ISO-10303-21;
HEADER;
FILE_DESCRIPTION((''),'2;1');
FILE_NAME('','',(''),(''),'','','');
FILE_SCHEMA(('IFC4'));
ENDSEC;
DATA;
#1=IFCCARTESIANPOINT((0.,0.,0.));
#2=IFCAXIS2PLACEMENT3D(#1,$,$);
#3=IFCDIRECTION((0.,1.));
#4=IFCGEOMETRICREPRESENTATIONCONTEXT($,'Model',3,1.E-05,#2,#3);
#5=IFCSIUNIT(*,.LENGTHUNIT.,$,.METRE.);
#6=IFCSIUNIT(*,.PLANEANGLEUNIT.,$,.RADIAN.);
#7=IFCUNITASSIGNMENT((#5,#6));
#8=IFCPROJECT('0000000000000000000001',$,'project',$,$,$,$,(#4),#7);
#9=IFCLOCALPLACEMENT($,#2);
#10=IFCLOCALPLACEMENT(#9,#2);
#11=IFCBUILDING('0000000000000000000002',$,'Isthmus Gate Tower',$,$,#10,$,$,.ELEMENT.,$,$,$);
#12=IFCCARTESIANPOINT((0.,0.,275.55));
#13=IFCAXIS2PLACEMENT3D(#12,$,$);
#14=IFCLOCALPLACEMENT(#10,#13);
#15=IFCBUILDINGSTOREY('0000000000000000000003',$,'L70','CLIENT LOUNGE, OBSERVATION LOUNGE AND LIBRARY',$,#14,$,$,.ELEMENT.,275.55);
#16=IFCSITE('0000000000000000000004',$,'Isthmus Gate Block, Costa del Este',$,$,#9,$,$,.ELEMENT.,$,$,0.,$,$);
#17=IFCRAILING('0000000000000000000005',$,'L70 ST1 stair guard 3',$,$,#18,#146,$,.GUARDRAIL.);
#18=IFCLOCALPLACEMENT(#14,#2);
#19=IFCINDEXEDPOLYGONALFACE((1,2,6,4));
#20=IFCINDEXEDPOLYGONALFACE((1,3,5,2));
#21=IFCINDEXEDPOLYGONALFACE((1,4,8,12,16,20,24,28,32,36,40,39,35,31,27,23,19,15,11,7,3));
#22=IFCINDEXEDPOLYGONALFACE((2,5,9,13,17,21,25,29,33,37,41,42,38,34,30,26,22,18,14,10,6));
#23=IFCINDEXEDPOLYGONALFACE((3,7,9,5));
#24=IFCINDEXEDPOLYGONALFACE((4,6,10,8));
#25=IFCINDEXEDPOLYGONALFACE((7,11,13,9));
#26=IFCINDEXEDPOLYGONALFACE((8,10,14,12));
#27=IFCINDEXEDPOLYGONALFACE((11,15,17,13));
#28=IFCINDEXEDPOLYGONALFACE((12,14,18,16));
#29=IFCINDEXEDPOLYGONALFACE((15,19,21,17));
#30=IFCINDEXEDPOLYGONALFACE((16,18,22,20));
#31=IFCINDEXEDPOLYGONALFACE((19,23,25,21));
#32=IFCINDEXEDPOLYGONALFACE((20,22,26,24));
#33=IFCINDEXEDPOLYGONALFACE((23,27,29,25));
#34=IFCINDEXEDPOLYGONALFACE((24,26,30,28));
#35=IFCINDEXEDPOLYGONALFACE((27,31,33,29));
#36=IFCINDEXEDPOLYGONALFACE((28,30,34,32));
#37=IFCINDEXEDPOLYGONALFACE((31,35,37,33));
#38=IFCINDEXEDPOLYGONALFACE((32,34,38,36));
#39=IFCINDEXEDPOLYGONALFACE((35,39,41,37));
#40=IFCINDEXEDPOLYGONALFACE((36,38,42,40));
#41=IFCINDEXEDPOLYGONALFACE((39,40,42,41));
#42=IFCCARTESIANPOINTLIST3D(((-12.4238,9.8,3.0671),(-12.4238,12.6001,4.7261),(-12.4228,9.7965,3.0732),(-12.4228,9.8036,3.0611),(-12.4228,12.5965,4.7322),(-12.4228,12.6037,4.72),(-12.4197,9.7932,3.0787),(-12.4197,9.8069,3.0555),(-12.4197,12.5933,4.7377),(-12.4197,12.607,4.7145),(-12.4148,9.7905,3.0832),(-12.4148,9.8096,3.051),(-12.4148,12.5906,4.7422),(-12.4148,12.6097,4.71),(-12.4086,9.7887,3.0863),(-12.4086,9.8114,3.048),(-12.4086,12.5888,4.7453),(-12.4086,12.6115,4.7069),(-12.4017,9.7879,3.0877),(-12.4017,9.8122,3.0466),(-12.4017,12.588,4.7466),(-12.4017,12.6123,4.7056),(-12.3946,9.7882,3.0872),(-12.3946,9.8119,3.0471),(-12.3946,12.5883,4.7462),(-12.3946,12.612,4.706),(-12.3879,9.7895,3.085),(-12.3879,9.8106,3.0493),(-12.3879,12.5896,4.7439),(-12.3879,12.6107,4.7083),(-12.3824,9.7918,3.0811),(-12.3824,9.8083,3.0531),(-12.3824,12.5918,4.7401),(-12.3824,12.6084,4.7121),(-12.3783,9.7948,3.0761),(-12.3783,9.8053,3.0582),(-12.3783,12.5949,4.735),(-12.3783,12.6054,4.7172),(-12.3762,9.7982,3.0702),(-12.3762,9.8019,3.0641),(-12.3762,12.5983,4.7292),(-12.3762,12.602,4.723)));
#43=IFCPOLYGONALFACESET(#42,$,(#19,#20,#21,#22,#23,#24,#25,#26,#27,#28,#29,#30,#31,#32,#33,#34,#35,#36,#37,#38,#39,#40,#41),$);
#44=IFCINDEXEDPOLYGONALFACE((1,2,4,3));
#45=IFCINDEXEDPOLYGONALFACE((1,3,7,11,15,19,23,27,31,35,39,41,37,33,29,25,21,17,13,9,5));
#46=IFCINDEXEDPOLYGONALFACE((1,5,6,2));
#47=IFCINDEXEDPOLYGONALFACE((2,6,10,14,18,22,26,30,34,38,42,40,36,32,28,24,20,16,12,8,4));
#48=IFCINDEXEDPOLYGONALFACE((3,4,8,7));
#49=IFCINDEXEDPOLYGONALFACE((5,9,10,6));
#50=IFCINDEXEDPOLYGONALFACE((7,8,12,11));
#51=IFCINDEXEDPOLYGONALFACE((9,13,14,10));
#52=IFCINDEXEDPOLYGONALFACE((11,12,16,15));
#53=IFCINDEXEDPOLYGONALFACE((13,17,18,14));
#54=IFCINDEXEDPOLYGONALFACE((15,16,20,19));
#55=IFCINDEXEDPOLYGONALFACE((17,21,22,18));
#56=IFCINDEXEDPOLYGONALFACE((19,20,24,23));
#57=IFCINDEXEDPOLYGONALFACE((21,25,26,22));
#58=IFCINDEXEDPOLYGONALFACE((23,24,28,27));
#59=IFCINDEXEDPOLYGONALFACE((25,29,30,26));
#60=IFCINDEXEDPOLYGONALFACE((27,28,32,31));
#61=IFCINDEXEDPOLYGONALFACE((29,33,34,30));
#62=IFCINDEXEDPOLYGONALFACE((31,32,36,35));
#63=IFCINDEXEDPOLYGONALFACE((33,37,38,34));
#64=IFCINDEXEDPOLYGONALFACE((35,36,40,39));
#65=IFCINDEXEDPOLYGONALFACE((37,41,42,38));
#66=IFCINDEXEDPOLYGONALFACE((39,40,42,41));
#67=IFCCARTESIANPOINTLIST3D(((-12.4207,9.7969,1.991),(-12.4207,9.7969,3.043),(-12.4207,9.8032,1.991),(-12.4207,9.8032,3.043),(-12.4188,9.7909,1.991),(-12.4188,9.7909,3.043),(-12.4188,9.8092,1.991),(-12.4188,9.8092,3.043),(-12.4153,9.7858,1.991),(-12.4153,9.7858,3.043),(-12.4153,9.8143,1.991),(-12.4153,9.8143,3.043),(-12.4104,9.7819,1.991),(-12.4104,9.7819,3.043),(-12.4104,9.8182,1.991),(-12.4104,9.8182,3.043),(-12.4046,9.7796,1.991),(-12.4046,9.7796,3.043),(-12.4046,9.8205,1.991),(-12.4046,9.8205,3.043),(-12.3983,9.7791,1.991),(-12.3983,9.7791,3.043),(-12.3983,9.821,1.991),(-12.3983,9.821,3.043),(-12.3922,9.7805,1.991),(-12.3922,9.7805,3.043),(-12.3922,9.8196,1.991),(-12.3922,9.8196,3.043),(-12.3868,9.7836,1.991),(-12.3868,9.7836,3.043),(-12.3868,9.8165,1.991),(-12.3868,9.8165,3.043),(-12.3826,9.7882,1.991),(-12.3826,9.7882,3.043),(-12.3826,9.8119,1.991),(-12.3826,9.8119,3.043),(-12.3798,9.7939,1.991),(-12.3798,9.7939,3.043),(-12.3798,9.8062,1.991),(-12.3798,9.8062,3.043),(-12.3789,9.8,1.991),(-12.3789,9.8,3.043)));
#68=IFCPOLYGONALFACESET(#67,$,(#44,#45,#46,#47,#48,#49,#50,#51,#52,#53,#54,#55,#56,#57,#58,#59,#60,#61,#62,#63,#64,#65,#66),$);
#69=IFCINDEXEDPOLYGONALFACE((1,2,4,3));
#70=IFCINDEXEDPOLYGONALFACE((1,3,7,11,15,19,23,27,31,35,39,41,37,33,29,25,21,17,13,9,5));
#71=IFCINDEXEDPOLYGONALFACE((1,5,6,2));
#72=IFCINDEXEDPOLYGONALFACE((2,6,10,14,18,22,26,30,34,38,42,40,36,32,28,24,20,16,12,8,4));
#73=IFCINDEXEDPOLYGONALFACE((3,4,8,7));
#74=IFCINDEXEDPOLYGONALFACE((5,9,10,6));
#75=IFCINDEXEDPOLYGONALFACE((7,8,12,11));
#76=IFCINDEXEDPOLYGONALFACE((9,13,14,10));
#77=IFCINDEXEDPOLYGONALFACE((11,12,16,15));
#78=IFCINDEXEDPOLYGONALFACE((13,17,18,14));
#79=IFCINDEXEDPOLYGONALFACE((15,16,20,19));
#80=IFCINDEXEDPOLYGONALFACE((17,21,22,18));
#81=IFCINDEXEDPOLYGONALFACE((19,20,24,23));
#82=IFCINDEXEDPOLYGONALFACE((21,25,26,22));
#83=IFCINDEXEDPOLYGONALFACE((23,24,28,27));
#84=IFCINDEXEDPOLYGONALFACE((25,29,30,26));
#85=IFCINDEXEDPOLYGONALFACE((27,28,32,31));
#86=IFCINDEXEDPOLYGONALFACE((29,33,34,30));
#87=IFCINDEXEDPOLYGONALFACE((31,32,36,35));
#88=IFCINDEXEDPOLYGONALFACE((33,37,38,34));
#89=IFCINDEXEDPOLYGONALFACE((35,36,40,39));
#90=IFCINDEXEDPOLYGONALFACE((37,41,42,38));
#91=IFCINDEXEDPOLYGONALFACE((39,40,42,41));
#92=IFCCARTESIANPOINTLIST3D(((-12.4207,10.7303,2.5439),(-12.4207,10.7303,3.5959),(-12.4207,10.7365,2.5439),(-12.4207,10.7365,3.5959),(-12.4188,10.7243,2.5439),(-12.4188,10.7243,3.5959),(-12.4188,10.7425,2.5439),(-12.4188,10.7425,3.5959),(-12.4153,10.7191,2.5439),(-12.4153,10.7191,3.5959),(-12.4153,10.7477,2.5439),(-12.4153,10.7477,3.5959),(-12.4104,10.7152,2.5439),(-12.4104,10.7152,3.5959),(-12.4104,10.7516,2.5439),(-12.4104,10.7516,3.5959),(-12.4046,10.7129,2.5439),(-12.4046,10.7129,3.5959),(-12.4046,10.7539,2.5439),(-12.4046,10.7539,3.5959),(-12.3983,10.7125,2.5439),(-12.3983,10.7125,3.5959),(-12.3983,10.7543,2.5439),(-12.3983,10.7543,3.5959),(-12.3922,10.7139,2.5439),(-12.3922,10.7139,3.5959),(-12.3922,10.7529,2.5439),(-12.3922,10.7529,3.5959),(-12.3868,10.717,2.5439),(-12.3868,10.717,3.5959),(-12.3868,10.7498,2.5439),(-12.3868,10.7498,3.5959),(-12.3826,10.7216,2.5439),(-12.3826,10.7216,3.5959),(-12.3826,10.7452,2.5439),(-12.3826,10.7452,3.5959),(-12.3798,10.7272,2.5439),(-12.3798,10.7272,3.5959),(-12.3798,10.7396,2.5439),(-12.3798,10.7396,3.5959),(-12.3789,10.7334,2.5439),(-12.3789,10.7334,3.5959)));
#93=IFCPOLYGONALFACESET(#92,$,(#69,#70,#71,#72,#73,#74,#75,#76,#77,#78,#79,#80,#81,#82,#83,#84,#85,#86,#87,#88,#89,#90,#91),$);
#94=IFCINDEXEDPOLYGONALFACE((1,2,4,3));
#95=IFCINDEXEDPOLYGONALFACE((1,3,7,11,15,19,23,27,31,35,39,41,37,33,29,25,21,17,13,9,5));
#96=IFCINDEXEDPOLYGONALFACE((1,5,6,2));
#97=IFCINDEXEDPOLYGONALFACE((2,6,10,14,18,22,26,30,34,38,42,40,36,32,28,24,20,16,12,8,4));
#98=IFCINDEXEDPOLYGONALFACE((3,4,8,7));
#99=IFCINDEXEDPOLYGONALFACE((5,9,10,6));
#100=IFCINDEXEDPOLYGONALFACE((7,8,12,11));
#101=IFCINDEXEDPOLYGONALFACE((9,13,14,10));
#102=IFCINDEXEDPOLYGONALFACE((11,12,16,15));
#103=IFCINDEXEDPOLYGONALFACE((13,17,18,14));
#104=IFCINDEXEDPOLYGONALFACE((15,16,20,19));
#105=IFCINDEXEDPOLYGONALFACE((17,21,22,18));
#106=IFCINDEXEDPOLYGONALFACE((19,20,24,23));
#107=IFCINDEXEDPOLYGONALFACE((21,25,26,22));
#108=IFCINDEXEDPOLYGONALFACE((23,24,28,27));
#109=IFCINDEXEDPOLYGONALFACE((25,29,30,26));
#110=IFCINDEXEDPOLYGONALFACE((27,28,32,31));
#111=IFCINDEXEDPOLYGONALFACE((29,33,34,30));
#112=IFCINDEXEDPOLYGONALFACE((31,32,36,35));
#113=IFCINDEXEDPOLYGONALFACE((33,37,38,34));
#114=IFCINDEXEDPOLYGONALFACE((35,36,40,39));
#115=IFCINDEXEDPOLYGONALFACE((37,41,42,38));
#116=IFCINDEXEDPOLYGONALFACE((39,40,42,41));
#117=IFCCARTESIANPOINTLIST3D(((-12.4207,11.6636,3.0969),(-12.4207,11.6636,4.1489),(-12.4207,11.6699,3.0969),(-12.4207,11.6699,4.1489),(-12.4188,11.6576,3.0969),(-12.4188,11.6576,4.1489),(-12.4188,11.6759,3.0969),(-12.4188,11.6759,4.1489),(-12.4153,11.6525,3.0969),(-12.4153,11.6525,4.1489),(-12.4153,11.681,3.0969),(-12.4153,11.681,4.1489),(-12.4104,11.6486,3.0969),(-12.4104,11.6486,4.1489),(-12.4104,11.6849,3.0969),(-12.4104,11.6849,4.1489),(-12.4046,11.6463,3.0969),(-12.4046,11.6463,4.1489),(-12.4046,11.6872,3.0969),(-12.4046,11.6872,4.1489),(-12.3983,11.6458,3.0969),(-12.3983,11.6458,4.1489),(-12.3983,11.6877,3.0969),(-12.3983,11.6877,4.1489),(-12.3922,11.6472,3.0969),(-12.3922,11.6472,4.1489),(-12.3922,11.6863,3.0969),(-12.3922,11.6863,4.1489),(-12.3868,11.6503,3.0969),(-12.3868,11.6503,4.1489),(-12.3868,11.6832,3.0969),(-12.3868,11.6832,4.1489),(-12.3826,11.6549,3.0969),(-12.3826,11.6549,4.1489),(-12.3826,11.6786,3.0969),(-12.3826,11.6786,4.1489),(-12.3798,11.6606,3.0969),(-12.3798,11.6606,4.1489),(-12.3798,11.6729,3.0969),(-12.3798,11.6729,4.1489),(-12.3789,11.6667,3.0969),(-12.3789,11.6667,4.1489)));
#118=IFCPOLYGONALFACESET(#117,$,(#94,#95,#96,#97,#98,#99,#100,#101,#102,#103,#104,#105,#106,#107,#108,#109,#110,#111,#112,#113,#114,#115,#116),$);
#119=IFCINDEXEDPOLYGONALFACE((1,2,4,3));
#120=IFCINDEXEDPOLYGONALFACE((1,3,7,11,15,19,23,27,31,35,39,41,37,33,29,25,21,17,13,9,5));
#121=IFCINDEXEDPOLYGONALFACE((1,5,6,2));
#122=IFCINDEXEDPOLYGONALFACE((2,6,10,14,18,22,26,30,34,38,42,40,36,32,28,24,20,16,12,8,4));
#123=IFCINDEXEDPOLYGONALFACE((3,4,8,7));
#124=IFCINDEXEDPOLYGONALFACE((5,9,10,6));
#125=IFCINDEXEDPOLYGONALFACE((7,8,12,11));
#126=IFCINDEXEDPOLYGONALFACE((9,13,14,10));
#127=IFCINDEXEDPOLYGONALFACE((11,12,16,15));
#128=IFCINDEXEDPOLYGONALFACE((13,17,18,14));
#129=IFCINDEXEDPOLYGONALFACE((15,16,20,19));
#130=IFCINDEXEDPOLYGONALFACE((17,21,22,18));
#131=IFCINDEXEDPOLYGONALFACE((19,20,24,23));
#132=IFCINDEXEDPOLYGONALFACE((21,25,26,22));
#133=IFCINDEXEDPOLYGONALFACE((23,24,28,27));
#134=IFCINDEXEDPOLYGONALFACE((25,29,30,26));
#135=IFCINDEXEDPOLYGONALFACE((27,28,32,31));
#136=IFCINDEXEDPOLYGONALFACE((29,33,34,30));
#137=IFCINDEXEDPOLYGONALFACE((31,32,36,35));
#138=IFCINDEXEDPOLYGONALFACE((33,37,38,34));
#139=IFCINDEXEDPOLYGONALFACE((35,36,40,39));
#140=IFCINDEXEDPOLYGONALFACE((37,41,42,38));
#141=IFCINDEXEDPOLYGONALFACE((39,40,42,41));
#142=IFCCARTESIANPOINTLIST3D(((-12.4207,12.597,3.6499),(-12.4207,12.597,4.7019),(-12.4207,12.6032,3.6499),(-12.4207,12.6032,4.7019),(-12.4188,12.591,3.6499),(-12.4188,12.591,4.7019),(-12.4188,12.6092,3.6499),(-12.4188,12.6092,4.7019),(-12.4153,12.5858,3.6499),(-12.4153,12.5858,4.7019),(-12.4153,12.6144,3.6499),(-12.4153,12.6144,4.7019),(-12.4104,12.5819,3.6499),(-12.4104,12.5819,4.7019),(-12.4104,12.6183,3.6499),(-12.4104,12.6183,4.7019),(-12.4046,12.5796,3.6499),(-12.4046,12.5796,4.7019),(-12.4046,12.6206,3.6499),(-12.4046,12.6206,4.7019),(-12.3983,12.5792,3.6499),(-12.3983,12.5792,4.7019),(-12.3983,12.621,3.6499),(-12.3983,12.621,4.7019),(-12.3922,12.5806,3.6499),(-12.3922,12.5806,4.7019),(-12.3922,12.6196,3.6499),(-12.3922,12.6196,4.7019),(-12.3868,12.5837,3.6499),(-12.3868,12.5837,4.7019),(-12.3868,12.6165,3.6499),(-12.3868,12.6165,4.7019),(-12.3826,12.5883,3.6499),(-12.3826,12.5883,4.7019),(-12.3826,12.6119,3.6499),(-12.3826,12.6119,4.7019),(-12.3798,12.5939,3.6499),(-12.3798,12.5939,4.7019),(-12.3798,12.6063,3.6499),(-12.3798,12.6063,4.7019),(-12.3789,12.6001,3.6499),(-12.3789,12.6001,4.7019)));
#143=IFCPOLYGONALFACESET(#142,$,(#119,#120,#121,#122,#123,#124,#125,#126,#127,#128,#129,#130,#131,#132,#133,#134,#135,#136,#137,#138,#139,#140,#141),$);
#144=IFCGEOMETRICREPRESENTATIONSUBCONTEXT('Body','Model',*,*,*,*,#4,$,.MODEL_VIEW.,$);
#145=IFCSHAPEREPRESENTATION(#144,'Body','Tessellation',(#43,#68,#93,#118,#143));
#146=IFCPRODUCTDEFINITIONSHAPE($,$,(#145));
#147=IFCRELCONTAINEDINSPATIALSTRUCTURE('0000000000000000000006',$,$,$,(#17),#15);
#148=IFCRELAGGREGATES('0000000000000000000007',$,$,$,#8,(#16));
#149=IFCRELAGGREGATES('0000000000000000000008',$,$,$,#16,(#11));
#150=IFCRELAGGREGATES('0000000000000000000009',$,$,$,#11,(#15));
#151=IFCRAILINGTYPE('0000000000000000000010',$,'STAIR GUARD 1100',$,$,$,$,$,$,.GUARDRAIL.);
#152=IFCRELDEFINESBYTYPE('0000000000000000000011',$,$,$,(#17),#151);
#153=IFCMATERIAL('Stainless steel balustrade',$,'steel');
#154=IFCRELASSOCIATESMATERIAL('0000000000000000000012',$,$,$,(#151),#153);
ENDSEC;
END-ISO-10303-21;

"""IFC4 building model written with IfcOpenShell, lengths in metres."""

from ifc_helpers import new_model, si_unit, direction, frame, origin, origin_2d, place, context, subcontext, project, spatial, circle, extrude, material, type_object, element, save


model = new_model("IFC4")

# Units and contexts
model_context = context("Model", 3, precision=1e-05, world=origin(), true_north=direction((0.0, 1.0)))
body_context = subcontext(model_context, "Body", "Model", "MODEL_VIEW")
ifc_project = project(units=[si_unit("LENGTHUNIT", "METRE"), si_unit("PLANEANGLEUNIT", "RADIAN")], contexts=[model_context])

# Site, building, storey
site_placement = place(None, origin())
site = spatial("IfcSite", under=ifc_project, at=site_placement, Name="Isthmus Gate Block, Costa del Este", CompositionType="ELEMENT", RefElevation=0.0)
building_placement = place(site_placement, origin())
building = spatial("IfcBuilding", under=site, at=building_placement, Name="Isthmus Gate Tower", CompositionType="ELEMENT")
storey_placement = place(building_placement, frame((0.0, 0.0, 275.55)))
storey = spatial("IfcBuildingStorey", under=building, at=storey_placement, Name="L70", Description="CLIENT LOUNGE, OBSERVATION LOUNGE AND LIBRARY", CompositionType="ELEMENT", Elevation=275.55)

# Railing
ifc_material_1 = material(Name="Stainless steel balustrade", Category="steel")
railing_type_1 = type_object("IfcRailingType", Name="STAIR GUARD 1100", PredefinedType="GUARDRAIL", material=ifc_material_1)
railing_1_placement = place(storey_placement, frame((-12.3999, 9.8, 1.991)))
element("IfcRailing", 1, at=railing_1_placement, inside=storey, type_object=railing_type_1, Name="L70 ST1 stair guard 3", PredefinedType="GUARDRAIL", context=body_context, shape_type="SweptSolid", body=[
    extrude(circle(Radius=0.0239, at=origin_2d()), frame((0.0, 0.0, 1.0762), z_axis=(0.0, 0.860339, 0.509722), x_axis=(-1.0, 0.0, 0.0)), (0.0, 0.0, 1.0), 3.2546),
    extrude(circle(Radius=0.021, at=origin_2d()), origin(), (0.0, 0.0, 1.0), 1.052),
    extrude(circle(Radius=0.021, at=origin_2d()), frame((0.0, 0.9333, 0.553)), (0.0, 0.0, 1.0), 1.052),
    extrude(circle(Radius=0.021, at=origin_2d()), frame((0.0, 1.8667, 1.106)), (0.0, 0.0, 1.0), 1.052),
    extrude(circle(Radius=0.021, at=origin_2d()), frame((0.0, 2.8, 1.6589)), (0.0, 0.0, 1.0), 1.052),
])

save(model, "model.ifc")
